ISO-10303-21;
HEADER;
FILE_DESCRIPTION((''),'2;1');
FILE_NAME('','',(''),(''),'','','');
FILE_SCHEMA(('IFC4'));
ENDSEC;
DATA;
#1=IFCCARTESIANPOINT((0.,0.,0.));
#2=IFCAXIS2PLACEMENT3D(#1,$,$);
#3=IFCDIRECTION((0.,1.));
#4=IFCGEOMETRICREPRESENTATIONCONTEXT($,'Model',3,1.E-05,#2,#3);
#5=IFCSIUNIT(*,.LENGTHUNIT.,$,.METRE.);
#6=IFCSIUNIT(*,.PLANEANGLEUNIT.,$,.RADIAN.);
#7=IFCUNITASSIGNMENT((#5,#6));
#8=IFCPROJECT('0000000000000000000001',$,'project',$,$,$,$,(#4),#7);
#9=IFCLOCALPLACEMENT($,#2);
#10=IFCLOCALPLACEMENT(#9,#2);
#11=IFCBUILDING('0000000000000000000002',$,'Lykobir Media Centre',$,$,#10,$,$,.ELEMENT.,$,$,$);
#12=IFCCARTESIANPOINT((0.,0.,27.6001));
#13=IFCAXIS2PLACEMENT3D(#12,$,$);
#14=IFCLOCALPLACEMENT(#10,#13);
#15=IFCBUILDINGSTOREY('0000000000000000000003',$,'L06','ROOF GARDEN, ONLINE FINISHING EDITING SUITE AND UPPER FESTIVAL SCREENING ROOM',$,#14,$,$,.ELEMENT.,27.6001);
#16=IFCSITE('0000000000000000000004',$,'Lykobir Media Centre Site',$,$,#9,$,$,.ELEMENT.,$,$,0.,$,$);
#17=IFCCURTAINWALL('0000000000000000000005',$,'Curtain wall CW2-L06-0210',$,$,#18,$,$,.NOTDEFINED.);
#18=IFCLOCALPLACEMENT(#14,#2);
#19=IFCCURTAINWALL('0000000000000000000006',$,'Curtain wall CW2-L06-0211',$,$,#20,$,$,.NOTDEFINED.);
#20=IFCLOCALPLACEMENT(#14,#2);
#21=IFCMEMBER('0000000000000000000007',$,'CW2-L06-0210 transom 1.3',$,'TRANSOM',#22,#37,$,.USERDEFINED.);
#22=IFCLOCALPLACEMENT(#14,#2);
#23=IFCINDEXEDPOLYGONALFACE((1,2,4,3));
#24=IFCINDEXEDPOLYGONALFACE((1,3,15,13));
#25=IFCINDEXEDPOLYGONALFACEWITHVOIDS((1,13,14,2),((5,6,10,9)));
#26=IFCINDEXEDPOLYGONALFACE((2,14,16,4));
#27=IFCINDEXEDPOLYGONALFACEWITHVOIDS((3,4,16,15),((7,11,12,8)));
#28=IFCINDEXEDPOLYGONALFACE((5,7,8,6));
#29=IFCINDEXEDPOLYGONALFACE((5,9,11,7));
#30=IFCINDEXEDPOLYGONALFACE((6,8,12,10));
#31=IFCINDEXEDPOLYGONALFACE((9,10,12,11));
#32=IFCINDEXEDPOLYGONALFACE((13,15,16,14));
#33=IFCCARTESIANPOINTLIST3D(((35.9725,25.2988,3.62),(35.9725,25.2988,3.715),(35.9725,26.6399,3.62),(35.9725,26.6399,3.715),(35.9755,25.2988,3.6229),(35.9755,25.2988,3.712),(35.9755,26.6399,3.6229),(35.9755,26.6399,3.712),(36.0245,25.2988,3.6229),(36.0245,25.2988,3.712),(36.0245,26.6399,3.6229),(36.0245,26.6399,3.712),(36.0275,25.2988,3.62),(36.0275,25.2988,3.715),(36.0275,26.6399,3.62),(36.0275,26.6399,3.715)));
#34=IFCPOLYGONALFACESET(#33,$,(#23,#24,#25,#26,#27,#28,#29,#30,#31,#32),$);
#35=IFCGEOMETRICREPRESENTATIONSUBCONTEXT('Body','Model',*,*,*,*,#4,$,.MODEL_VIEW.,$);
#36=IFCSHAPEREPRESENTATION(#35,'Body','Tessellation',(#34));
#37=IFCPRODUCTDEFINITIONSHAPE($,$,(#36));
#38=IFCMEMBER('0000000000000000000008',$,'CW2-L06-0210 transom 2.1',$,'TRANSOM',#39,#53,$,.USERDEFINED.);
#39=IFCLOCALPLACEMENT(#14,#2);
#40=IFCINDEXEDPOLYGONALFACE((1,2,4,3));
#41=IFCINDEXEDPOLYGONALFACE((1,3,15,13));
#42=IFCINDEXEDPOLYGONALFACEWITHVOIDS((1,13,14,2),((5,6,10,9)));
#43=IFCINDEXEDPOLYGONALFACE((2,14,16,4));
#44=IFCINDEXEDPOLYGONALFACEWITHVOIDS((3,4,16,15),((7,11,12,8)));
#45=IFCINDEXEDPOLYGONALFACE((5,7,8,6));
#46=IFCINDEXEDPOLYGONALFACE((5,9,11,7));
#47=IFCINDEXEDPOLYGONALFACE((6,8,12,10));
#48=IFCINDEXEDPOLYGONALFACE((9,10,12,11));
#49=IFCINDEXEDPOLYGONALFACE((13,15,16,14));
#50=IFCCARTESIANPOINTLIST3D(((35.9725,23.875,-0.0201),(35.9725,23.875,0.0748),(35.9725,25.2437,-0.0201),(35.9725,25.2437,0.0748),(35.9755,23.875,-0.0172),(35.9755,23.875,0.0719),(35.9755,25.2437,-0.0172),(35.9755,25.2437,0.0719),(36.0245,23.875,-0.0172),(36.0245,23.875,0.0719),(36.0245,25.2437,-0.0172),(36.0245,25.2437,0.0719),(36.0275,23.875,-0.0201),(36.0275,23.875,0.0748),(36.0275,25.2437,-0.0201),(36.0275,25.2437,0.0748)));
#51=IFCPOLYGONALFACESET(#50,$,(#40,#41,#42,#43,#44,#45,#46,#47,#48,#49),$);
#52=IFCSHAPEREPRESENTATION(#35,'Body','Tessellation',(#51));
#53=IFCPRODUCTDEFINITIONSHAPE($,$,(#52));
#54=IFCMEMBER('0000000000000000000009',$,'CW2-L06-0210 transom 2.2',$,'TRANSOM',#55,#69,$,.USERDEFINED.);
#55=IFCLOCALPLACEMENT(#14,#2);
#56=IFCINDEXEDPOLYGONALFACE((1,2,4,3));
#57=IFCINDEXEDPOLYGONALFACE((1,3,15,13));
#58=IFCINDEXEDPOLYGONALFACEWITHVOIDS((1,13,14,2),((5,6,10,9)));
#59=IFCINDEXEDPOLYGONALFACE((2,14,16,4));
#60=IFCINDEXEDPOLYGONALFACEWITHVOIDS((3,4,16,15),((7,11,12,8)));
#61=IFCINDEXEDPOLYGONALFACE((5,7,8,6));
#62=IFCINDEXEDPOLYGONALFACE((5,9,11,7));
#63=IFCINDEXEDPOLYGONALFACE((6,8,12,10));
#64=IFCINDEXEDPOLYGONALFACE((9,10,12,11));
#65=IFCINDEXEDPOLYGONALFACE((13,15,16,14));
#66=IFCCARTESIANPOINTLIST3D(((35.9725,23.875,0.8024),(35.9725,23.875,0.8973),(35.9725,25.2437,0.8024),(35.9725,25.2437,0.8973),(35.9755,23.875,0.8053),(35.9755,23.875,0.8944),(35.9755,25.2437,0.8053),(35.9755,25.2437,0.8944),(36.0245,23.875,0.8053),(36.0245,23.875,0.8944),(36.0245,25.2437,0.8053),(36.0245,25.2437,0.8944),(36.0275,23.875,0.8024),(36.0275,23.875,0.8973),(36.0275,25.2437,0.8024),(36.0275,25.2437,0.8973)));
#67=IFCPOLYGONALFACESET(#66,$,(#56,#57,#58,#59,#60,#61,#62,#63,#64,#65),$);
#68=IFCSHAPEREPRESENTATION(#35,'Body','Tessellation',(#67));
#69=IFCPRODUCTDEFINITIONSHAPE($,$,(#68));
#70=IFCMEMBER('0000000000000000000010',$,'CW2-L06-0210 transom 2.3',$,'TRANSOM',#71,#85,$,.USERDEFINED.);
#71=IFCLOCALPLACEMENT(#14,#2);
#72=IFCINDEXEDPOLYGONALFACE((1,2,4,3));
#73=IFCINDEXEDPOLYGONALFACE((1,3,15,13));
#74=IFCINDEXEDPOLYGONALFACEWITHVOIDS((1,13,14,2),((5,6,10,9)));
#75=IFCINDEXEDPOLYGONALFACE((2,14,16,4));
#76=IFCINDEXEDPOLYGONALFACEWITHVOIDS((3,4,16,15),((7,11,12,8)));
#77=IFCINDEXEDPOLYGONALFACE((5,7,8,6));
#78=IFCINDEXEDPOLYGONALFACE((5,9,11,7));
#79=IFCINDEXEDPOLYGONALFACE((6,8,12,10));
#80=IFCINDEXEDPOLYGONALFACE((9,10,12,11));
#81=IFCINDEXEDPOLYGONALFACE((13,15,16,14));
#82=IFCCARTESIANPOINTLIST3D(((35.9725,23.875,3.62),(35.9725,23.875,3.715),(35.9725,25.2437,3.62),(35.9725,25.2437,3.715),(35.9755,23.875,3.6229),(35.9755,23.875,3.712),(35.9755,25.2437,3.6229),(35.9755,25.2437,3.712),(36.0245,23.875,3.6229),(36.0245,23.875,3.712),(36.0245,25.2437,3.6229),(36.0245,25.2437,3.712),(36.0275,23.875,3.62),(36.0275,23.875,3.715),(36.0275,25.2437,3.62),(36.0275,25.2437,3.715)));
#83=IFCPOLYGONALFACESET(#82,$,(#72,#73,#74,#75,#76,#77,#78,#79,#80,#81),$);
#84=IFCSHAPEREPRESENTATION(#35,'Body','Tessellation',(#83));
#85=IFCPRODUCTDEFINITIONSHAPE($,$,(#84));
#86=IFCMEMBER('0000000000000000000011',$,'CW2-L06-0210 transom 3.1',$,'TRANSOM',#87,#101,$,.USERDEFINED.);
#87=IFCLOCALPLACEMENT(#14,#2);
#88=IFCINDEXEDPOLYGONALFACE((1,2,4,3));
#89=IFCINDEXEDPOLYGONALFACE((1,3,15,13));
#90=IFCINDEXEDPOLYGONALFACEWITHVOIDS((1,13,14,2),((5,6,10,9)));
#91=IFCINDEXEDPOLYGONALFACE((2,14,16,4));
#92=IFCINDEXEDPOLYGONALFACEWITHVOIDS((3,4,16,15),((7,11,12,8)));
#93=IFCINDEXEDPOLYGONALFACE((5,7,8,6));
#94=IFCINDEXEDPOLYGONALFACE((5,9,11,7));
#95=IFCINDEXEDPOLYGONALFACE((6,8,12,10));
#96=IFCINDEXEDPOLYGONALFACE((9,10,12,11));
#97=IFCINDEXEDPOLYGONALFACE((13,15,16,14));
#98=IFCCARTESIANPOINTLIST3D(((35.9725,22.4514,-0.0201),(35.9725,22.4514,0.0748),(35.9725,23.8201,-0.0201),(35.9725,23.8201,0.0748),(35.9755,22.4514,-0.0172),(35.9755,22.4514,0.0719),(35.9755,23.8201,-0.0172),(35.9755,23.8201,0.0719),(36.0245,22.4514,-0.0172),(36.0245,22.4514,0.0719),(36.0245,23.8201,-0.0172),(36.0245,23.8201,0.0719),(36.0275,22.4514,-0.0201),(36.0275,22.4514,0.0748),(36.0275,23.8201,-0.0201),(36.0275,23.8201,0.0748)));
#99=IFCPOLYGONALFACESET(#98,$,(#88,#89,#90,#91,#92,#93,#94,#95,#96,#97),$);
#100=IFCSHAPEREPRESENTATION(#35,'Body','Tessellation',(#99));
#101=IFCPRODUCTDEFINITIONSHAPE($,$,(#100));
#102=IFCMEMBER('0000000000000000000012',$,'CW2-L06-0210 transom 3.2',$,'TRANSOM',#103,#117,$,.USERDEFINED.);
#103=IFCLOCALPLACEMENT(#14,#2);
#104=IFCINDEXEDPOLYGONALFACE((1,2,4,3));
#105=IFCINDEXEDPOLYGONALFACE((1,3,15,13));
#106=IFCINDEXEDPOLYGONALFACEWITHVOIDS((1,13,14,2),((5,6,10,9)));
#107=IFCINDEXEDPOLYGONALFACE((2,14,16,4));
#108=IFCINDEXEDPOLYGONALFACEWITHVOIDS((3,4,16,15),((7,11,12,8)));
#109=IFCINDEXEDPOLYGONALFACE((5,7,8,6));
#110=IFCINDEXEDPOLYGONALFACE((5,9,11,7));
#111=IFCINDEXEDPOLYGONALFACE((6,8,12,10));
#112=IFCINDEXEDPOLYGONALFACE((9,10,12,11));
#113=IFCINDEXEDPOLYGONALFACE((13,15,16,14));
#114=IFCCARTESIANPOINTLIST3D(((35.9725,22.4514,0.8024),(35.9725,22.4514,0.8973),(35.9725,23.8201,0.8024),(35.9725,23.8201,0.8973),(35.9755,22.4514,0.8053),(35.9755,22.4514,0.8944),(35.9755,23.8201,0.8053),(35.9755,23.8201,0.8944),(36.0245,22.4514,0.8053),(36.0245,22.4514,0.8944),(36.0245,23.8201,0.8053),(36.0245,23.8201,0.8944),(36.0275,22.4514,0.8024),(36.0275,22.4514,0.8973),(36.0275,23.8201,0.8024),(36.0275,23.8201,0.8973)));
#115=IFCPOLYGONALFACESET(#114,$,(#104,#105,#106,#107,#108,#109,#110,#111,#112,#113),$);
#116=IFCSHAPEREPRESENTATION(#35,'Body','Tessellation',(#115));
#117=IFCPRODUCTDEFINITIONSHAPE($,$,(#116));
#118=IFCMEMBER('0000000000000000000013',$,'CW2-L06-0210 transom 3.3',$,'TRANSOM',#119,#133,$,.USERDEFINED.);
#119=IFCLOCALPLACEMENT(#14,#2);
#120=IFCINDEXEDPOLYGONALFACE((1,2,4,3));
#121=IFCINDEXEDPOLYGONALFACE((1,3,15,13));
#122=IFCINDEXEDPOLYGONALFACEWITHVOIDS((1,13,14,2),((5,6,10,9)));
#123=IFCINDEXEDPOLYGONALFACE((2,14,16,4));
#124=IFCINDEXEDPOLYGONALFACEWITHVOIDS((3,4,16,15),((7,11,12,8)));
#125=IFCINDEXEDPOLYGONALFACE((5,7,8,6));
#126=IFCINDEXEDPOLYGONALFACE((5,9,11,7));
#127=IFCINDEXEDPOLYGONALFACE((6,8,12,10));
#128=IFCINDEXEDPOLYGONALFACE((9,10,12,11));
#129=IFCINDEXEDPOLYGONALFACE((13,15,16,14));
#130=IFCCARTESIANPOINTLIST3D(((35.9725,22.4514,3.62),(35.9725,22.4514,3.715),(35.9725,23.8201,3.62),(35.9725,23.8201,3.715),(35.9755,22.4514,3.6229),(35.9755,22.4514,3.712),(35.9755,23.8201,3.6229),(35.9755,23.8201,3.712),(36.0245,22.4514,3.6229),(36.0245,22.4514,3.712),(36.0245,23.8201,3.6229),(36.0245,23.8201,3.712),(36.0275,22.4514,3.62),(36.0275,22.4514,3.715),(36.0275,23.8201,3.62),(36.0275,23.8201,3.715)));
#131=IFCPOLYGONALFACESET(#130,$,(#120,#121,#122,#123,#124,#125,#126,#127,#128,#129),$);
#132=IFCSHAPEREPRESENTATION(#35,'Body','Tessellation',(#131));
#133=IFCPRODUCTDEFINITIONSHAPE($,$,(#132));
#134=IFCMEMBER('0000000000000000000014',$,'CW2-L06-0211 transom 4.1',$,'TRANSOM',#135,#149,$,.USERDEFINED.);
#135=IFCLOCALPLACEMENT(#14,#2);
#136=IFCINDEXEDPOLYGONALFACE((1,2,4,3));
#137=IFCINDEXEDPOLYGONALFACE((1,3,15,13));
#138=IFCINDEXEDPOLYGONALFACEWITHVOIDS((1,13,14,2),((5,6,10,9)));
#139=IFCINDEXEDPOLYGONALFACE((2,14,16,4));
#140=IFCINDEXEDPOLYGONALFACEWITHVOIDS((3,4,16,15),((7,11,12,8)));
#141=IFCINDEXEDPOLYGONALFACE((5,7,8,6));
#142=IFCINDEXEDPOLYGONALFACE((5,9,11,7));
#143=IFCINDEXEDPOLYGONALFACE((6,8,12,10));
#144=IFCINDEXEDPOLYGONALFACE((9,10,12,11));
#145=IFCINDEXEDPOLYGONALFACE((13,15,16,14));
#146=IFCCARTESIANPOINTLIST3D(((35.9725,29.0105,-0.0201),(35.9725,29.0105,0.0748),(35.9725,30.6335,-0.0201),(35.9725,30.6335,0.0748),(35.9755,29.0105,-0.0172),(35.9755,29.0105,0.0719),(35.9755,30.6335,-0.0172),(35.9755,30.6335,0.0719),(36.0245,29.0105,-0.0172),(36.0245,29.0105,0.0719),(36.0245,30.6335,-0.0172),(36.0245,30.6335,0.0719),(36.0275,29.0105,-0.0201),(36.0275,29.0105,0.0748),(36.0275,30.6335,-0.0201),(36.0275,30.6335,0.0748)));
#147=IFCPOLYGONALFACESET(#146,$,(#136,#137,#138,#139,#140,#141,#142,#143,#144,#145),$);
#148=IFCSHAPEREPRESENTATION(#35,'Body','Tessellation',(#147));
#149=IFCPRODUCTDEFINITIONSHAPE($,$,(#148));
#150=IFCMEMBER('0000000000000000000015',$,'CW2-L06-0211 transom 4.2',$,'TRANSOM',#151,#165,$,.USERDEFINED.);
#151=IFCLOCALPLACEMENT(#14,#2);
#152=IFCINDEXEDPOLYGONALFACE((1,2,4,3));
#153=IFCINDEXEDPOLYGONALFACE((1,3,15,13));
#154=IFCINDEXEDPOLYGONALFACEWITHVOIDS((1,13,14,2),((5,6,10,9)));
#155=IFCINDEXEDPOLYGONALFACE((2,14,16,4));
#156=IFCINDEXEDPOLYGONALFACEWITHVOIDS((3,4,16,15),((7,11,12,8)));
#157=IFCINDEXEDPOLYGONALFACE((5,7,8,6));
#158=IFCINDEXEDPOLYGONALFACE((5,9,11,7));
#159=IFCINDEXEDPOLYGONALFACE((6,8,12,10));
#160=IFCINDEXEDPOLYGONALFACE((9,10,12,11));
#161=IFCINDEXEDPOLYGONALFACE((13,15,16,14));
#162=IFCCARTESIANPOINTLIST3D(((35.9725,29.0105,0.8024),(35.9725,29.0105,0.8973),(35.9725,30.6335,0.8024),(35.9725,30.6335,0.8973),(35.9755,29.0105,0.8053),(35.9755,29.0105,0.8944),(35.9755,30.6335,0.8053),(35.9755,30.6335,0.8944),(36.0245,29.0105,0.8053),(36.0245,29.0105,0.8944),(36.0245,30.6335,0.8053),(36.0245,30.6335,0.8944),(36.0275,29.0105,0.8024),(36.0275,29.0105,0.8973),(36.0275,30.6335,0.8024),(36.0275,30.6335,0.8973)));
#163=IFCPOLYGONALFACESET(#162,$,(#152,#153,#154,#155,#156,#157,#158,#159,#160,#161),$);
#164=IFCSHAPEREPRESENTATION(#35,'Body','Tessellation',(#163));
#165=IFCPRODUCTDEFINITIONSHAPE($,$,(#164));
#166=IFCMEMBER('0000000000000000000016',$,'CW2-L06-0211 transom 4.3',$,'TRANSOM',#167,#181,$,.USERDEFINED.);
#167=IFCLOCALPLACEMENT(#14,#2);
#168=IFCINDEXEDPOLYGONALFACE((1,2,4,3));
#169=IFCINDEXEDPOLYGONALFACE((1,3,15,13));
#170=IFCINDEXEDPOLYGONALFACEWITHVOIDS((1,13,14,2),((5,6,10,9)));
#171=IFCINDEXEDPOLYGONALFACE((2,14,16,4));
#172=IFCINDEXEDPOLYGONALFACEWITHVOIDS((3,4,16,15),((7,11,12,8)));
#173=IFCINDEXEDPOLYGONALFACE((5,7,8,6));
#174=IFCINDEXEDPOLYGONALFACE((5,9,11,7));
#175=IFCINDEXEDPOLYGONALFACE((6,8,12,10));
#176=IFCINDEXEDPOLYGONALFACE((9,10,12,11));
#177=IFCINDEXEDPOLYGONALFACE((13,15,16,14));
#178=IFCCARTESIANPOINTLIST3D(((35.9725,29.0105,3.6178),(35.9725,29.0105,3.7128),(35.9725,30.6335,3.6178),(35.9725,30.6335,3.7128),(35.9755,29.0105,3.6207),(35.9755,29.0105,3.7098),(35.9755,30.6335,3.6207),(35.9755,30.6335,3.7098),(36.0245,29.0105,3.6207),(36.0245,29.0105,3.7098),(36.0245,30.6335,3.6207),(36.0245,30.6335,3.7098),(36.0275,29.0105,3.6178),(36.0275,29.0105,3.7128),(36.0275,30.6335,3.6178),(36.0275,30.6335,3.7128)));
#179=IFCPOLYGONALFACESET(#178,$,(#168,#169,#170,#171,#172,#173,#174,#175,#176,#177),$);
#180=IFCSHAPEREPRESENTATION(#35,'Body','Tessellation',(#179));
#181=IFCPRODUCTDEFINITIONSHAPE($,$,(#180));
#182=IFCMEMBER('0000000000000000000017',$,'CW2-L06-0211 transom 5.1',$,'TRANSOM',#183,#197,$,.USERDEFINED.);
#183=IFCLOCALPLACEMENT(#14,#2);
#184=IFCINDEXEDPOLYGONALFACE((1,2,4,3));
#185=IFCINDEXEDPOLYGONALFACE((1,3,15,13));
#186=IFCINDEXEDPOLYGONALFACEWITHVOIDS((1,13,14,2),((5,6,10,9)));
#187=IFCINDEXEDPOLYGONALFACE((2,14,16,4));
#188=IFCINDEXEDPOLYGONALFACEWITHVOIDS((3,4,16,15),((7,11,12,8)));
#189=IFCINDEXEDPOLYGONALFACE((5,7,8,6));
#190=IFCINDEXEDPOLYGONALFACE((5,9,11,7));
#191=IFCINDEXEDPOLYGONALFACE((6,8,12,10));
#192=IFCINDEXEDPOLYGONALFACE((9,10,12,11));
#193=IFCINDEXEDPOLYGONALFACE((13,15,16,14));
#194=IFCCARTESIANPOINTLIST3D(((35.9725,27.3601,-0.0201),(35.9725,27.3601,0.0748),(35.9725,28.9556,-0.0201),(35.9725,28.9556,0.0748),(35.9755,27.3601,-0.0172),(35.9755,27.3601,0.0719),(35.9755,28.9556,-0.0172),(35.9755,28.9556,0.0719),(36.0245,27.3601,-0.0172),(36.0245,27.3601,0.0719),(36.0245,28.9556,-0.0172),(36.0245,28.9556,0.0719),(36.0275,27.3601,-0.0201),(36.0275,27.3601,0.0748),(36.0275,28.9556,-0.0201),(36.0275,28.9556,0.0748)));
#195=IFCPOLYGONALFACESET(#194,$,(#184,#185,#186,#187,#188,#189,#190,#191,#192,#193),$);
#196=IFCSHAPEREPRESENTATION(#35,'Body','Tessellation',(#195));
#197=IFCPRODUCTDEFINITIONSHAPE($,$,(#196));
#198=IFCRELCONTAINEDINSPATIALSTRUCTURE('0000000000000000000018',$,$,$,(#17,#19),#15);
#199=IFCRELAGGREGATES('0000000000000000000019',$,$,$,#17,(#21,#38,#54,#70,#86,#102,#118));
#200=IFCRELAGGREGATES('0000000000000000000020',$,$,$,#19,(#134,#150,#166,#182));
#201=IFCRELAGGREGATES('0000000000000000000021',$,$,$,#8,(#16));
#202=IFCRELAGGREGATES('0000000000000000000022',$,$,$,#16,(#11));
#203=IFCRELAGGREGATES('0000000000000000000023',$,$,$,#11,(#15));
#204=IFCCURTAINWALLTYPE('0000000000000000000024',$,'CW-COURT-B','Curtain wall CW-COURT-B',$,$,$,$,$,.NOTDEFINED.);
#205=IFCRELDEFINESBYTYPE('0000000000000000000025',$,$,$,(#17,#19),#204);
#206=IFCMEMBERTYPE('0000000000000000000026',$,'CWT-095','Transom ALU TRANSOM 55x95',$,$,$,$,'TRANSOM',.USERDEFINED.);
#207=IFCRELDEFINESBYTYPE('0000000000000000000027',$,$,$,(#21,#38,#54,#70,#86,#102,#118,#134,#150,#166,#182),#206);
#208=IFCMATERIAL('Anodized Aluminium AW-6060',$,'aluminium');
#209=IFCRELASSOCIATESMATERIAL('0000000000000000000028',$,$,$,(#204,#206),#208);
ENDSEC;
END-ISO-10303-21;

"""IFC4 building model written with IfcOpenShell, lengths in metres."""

from ifc_helpers import new_model, si_unit, direction, frame, origin, origin_2d, place, context, subcontext, project, spatial, hollow_rectangle, extrude, material, material_profile, profile_set, type_object, element, aggregate, save


model = new_model("IFC4")

# Units and contexts
model_context = context("Model", 3, precision=1e-05, world=origin(), true_north=direction((0.0, 1.0)))
body_context = subcontext(model_context, "Body", "Model", "MODEL_VIEW")
ifc_project = project(units=[si_unit("LENGTHUNIT", "METRE"), si_unit("PLANEANGLEUNIT", "RADIAN")], contexts=[model_context])

# Site, building, storey
site_placement = place(None, origin())
site = spatial("IfcSite", under=ifc_project, at=site_placement, Name="Lykobir Media Centre Site", CompositionType="ELEMENT", RefElevation=0.0)
building_placement = place(site_placement, origin())
building = spatial("IfcBuilding", under=site, at=building_placement, Name="Lykobir Media Centre", CompositionType="ELEMENT")
storey_placement = place(building_placement, frame((0.0, 0.0, 27.6001)))
storey = spatial("IfcBuildingStorey", under=building, at=storey_placement, Name="L06", Description="ROOF GARDEN, ONLINE FINISHING EDITING SUITE AND UPPER FESTIVAL SCREENING ROOM", CompositionType="ELEMENT", Elevation=27.6001)

# Curtain walls
ifc_material_1 = material(Name="Anodized Aluminium AW-6060", Category="aluminium")
curtain_wall_type = type_object("IfcCurtainWallType", Name="CW-COURT-B", Description="Curtain wall CW-COURT-B", PredefinedType="NOTDEFINED", material=ifc_material_1)
curtain_wall_1_placement = place(storey_placement, origin())
curtain_wall_1 = element("IfcCurtainWall", 1, at=curtain_wall_1_placement, inside=storey, type_object=curtain_wall_type, Name="Curtain wall CW2-L06-0210", PredefinedType="NOTDEFINED")
curtain_wall_2_placement = place(storey_placement, origin())
curtain_wall_2 = element("IfcCurtainWall", 2, at=curtain_wall_2_placement, inside=storey, type_object=curtain_wall_type, Name="Curtain wall CW2-L06-0211", PredefinedType="NOTDEFINED")

# Members
ifc_material_profile_1 = material_profile(ifc_material_1, hollow_rectangle(XDim=0.0549, YDim=0.095, WallThickness=0.0029, at=origin_2d()), Name="ALU TRANSOM 55x95")
ifc_profile_set_1 = profile_set([ifc_material_profile_1], Name="Anodized Aluminium AW-6060")
member_type_1 = type_object("IfcMemberType", Name="CWT-095", Description="Transom ALU TRANSOM 55x95", ElementType="TRANSOM", PredefinedType="USERDEFINED", material=ifc_profile_set_1)
member_1_placement = place(storey_placement, frame((36.0, 26.6399, 3.6675), z_axis=(0.0, -1.0, 0.0), x_axis=(1.0, 0.0, 0.0)))
member_1 = element("IfcMember", 3, at=member_1_placement, type_object=member_type_1, Name="CW2-L06-0210 transom 1.3", ObjectType="TRANSOM", PredefinedType="USERDEFINED", context=body_context, shape_type="SweptSolid", body=[
    extrude(hollow_rectangle(XDim=0.0549, YDim=0.095, WallThickness=0.0029, at=origin_2d()), origin(), (0.0, 0.0, 1.0), 1.3411),
])
member_2_placement = place(storey_placement, frame((36.0, 25.2437, 0.0273), z_axis=(0.0, -1.0, 0.0), x_axis=(1.0, 0.0, 0.0)))
member_2 = element("IfcMember", 4, at=member_2_placement, type_object=member_type_1, Name="CW2-L06-0210 transom 2.1", ObjectType="TRANSOM", PredefinedType="USERDEFINED", context=body_context, shape_type="SweptSolid", body=[
    extrude(hollow_rectangle(XDim=0.0549, YDim=0.095, WallThickness=0.0029, at=origin_2d()), origin(), (0.0, 0.0, 1.0), 1.3687),
])
member_3_placement = place(storey_placement, frame((36.0, 25.2437, 0.8499), z_axis=(0.0, -1.0, 0.0), x_axis=(1.0, 0.0, 0.0)))
member_3 = element("IfcMember", 5, at=member_3_placement, type_object=member_type_1, Name="CW2-L06-0210 transom 2.2", ObjectType="TRANSOM", PredefinedType="USERDEFINED", context=body_context, shape_type="SweptSolid", body=[
    extrude(hollow_rectangle(XDim=0.0549, YDim=0.095, WallThickness=0.0029, at=origin_2d()), origin(), (0.0, 0.0, 1.0), 1.3687),
])
member_4_placement = place(storey_placement, frame((36.0, 25.2437, 3.6675), z_axis=(0.0, -1.0, 0.0), x_axis=(1.0, 0.0, 0.0)))
member_4 = element("IfcMember", 6, at=member_4_placement, type_object=member_type_1, Name="CW2-L06-0210 transom 2.3", ObjectType="TRANSOM", PredefinedType="USERDEFINED", context=body_context, shape_type="SweptSolid", body=[
    extrude(hollow_rectangle(XDim=0.0549, YDim=0.095, WallThickness=0.0029, at=origin_2d()), origin(), (0.0, 0.0, 1.0), 1.3687),
])
member_5_placement = place(storey_placement, frame((36.0, 23.8201, 0.0273), z_axis=(0.0, -1.0, 0.0), x_axis=(1.0, 0.0, 0.0)))
member_5 = element("IfcMember", 7, at=member_5_placement, type_object=member_type_1, Name="CW2-L06-0210 transom 3.1", ObjectType="TRANSOM", PredefinedType="USERDEFINED", context=body_context, shape_type="SweptSolid", body=[
    extrude(hollow_rectangle(XDim=0.0549, YDim=0.095, WallThickness=0.0029, at=origin_2d()), origin(), (0.0, 0.0, 1.0), 1.3687),
])
member_6_placement = place(storey_placement, frame((36.0, 23.8201, 0.8499), z_axis=(0.0, -1.0, 0.0), x_axis=(1.0, 0.0, 0.0)))
member_6 = element("IfcMember", 8, at=member_6_placement, type_object=member_type_1, Name="CW2-L06-0210 transom 3.2", ObjectType="TRANSOM", PredefinedType="USERDEFINED", context=body_context, shape_type="SweptSolid", body=[
    extrude(hollow_rectangle(XDim=0.0549, YDim=0.095, WallThickness=0.0029, at=origin_2d()), origin(), (0.0, 0.0, 1.0), 1.3687),
])
member_7_placement = place(storey_placement, frame((36.0, 23.8201, 3.6675), z_axis=(0.0, -1.0, 0.0), x_axis=(1.0, 0.0, 0.0)))
member_7 = element("IfcMember", 9, at=member_7_placement, type_object=member_type_1, Name="CW2-L06-0210 transom 3.3", ObjectType="TRANSOM", PredefinedType="USERDEFINED", context=body_context, shape_type="SweptSolid", body=[
    extrude(hollow_rectangle(XDim=0.0549, YDim=0.095, WallThickness=0.0029, at=origin_2d()), origin(), (0.0, 0.0, 1.0), 1.3687),
])
member_8_placement = place(storey_placement, frame((36.0, 30.6335, 0.0273), z_axis=(0.0, -1.0, 0.0), x_axis=(1.0, 0.0, 0.0)))
member_8 = element("IfcMember", 10, at=member_8_placement, type_object=member_type_1, Name="CW2-L06-0211 transom 4.1", ObjectType="TRANSOM", PredefinedType="USERDEFINED", context=body_context, shape_type="SweptSolid", body=[
    extrude(hollow_rectangle(XDim=0.0549, YDim=0.095, WallThickness=0.0029, at=origin_2d()), origin(), (0.0, 0.0, 1.0), 1.623),
])
member_9_placement = place(storey_placement, frame((36.0, 30.6335, 0.8499), z_axis=(0.0, -1.0, 0.0), x_axis=(1.0, 0.0, 0.0)))
member_9 = element("IfcMember", 11, at=member_9_placement, type_object=member_type_1, Name="CW2-L06-0211 transom 4.2", ObjectType="TRANSOM", PredefinedType="USERDEFINED", context=body_context, shape_type="SweptSolid", body=[
    extrude(hollow_rectangle(XDim=0.0549, YDim=0.095, WallThickness=0.0029, at=origin_2d()), origin(), (0.0, 0.0, 1.0), 1.623),
])
member_10_placement = place(storey_placement, frame((36.0, 30.6335, 3.6653), z_axis=(0.0, -1.0, 0.0), x_axis=(1.0, 0.0, 0.0)))
member_10 = element("IfcMember", 12, at=member_10_placement, type_object=member_type_1, Name="CW2-L06-0211 transom 4.3", ObjectType="TRANSOM", PredefinedType="USERDEFINED", context=body_context, shape_type="SweptSolid", body=[
    extrude(hollow_rectangle(XDim=0.0549, YDim=0.095, WallThickness=0.0029, at=origin_2d()), origin(), (0.0, 0.0, 1.0), 1.623),
])
member_11_placement = place(storey_placement, frame((36.0, 28.9556, 0.0273), z_axis=(0.0, -1.0, 0.0), x_axis=(1.0, 0.0, 0.0)))
member_11 = element("IfcMember", 13, at=member_11_placement, type_object=member_type_1, Name="CW2-L06-0211 transom 5.1", ObjectType="TRANSOM", PredefinedType="USERDEFINED", context=body_context, shape_type="SweptSolid", body=[
    extrude(hollow_rectangle(XDim=0.0549, YDim=0.095, WallThickness=0.0029, at=origin_2d()), origin(), (0.0, 0.0, 1.0), 1.5955),
])

aggregate(curtain_wall_1, [member_1, member_2, member_3, member_4, member_5, member_6, member_7])
aggregate(curtain_wall_2, [member_8, member_9, member_10, member_11])

save(model, "model.ifc")
